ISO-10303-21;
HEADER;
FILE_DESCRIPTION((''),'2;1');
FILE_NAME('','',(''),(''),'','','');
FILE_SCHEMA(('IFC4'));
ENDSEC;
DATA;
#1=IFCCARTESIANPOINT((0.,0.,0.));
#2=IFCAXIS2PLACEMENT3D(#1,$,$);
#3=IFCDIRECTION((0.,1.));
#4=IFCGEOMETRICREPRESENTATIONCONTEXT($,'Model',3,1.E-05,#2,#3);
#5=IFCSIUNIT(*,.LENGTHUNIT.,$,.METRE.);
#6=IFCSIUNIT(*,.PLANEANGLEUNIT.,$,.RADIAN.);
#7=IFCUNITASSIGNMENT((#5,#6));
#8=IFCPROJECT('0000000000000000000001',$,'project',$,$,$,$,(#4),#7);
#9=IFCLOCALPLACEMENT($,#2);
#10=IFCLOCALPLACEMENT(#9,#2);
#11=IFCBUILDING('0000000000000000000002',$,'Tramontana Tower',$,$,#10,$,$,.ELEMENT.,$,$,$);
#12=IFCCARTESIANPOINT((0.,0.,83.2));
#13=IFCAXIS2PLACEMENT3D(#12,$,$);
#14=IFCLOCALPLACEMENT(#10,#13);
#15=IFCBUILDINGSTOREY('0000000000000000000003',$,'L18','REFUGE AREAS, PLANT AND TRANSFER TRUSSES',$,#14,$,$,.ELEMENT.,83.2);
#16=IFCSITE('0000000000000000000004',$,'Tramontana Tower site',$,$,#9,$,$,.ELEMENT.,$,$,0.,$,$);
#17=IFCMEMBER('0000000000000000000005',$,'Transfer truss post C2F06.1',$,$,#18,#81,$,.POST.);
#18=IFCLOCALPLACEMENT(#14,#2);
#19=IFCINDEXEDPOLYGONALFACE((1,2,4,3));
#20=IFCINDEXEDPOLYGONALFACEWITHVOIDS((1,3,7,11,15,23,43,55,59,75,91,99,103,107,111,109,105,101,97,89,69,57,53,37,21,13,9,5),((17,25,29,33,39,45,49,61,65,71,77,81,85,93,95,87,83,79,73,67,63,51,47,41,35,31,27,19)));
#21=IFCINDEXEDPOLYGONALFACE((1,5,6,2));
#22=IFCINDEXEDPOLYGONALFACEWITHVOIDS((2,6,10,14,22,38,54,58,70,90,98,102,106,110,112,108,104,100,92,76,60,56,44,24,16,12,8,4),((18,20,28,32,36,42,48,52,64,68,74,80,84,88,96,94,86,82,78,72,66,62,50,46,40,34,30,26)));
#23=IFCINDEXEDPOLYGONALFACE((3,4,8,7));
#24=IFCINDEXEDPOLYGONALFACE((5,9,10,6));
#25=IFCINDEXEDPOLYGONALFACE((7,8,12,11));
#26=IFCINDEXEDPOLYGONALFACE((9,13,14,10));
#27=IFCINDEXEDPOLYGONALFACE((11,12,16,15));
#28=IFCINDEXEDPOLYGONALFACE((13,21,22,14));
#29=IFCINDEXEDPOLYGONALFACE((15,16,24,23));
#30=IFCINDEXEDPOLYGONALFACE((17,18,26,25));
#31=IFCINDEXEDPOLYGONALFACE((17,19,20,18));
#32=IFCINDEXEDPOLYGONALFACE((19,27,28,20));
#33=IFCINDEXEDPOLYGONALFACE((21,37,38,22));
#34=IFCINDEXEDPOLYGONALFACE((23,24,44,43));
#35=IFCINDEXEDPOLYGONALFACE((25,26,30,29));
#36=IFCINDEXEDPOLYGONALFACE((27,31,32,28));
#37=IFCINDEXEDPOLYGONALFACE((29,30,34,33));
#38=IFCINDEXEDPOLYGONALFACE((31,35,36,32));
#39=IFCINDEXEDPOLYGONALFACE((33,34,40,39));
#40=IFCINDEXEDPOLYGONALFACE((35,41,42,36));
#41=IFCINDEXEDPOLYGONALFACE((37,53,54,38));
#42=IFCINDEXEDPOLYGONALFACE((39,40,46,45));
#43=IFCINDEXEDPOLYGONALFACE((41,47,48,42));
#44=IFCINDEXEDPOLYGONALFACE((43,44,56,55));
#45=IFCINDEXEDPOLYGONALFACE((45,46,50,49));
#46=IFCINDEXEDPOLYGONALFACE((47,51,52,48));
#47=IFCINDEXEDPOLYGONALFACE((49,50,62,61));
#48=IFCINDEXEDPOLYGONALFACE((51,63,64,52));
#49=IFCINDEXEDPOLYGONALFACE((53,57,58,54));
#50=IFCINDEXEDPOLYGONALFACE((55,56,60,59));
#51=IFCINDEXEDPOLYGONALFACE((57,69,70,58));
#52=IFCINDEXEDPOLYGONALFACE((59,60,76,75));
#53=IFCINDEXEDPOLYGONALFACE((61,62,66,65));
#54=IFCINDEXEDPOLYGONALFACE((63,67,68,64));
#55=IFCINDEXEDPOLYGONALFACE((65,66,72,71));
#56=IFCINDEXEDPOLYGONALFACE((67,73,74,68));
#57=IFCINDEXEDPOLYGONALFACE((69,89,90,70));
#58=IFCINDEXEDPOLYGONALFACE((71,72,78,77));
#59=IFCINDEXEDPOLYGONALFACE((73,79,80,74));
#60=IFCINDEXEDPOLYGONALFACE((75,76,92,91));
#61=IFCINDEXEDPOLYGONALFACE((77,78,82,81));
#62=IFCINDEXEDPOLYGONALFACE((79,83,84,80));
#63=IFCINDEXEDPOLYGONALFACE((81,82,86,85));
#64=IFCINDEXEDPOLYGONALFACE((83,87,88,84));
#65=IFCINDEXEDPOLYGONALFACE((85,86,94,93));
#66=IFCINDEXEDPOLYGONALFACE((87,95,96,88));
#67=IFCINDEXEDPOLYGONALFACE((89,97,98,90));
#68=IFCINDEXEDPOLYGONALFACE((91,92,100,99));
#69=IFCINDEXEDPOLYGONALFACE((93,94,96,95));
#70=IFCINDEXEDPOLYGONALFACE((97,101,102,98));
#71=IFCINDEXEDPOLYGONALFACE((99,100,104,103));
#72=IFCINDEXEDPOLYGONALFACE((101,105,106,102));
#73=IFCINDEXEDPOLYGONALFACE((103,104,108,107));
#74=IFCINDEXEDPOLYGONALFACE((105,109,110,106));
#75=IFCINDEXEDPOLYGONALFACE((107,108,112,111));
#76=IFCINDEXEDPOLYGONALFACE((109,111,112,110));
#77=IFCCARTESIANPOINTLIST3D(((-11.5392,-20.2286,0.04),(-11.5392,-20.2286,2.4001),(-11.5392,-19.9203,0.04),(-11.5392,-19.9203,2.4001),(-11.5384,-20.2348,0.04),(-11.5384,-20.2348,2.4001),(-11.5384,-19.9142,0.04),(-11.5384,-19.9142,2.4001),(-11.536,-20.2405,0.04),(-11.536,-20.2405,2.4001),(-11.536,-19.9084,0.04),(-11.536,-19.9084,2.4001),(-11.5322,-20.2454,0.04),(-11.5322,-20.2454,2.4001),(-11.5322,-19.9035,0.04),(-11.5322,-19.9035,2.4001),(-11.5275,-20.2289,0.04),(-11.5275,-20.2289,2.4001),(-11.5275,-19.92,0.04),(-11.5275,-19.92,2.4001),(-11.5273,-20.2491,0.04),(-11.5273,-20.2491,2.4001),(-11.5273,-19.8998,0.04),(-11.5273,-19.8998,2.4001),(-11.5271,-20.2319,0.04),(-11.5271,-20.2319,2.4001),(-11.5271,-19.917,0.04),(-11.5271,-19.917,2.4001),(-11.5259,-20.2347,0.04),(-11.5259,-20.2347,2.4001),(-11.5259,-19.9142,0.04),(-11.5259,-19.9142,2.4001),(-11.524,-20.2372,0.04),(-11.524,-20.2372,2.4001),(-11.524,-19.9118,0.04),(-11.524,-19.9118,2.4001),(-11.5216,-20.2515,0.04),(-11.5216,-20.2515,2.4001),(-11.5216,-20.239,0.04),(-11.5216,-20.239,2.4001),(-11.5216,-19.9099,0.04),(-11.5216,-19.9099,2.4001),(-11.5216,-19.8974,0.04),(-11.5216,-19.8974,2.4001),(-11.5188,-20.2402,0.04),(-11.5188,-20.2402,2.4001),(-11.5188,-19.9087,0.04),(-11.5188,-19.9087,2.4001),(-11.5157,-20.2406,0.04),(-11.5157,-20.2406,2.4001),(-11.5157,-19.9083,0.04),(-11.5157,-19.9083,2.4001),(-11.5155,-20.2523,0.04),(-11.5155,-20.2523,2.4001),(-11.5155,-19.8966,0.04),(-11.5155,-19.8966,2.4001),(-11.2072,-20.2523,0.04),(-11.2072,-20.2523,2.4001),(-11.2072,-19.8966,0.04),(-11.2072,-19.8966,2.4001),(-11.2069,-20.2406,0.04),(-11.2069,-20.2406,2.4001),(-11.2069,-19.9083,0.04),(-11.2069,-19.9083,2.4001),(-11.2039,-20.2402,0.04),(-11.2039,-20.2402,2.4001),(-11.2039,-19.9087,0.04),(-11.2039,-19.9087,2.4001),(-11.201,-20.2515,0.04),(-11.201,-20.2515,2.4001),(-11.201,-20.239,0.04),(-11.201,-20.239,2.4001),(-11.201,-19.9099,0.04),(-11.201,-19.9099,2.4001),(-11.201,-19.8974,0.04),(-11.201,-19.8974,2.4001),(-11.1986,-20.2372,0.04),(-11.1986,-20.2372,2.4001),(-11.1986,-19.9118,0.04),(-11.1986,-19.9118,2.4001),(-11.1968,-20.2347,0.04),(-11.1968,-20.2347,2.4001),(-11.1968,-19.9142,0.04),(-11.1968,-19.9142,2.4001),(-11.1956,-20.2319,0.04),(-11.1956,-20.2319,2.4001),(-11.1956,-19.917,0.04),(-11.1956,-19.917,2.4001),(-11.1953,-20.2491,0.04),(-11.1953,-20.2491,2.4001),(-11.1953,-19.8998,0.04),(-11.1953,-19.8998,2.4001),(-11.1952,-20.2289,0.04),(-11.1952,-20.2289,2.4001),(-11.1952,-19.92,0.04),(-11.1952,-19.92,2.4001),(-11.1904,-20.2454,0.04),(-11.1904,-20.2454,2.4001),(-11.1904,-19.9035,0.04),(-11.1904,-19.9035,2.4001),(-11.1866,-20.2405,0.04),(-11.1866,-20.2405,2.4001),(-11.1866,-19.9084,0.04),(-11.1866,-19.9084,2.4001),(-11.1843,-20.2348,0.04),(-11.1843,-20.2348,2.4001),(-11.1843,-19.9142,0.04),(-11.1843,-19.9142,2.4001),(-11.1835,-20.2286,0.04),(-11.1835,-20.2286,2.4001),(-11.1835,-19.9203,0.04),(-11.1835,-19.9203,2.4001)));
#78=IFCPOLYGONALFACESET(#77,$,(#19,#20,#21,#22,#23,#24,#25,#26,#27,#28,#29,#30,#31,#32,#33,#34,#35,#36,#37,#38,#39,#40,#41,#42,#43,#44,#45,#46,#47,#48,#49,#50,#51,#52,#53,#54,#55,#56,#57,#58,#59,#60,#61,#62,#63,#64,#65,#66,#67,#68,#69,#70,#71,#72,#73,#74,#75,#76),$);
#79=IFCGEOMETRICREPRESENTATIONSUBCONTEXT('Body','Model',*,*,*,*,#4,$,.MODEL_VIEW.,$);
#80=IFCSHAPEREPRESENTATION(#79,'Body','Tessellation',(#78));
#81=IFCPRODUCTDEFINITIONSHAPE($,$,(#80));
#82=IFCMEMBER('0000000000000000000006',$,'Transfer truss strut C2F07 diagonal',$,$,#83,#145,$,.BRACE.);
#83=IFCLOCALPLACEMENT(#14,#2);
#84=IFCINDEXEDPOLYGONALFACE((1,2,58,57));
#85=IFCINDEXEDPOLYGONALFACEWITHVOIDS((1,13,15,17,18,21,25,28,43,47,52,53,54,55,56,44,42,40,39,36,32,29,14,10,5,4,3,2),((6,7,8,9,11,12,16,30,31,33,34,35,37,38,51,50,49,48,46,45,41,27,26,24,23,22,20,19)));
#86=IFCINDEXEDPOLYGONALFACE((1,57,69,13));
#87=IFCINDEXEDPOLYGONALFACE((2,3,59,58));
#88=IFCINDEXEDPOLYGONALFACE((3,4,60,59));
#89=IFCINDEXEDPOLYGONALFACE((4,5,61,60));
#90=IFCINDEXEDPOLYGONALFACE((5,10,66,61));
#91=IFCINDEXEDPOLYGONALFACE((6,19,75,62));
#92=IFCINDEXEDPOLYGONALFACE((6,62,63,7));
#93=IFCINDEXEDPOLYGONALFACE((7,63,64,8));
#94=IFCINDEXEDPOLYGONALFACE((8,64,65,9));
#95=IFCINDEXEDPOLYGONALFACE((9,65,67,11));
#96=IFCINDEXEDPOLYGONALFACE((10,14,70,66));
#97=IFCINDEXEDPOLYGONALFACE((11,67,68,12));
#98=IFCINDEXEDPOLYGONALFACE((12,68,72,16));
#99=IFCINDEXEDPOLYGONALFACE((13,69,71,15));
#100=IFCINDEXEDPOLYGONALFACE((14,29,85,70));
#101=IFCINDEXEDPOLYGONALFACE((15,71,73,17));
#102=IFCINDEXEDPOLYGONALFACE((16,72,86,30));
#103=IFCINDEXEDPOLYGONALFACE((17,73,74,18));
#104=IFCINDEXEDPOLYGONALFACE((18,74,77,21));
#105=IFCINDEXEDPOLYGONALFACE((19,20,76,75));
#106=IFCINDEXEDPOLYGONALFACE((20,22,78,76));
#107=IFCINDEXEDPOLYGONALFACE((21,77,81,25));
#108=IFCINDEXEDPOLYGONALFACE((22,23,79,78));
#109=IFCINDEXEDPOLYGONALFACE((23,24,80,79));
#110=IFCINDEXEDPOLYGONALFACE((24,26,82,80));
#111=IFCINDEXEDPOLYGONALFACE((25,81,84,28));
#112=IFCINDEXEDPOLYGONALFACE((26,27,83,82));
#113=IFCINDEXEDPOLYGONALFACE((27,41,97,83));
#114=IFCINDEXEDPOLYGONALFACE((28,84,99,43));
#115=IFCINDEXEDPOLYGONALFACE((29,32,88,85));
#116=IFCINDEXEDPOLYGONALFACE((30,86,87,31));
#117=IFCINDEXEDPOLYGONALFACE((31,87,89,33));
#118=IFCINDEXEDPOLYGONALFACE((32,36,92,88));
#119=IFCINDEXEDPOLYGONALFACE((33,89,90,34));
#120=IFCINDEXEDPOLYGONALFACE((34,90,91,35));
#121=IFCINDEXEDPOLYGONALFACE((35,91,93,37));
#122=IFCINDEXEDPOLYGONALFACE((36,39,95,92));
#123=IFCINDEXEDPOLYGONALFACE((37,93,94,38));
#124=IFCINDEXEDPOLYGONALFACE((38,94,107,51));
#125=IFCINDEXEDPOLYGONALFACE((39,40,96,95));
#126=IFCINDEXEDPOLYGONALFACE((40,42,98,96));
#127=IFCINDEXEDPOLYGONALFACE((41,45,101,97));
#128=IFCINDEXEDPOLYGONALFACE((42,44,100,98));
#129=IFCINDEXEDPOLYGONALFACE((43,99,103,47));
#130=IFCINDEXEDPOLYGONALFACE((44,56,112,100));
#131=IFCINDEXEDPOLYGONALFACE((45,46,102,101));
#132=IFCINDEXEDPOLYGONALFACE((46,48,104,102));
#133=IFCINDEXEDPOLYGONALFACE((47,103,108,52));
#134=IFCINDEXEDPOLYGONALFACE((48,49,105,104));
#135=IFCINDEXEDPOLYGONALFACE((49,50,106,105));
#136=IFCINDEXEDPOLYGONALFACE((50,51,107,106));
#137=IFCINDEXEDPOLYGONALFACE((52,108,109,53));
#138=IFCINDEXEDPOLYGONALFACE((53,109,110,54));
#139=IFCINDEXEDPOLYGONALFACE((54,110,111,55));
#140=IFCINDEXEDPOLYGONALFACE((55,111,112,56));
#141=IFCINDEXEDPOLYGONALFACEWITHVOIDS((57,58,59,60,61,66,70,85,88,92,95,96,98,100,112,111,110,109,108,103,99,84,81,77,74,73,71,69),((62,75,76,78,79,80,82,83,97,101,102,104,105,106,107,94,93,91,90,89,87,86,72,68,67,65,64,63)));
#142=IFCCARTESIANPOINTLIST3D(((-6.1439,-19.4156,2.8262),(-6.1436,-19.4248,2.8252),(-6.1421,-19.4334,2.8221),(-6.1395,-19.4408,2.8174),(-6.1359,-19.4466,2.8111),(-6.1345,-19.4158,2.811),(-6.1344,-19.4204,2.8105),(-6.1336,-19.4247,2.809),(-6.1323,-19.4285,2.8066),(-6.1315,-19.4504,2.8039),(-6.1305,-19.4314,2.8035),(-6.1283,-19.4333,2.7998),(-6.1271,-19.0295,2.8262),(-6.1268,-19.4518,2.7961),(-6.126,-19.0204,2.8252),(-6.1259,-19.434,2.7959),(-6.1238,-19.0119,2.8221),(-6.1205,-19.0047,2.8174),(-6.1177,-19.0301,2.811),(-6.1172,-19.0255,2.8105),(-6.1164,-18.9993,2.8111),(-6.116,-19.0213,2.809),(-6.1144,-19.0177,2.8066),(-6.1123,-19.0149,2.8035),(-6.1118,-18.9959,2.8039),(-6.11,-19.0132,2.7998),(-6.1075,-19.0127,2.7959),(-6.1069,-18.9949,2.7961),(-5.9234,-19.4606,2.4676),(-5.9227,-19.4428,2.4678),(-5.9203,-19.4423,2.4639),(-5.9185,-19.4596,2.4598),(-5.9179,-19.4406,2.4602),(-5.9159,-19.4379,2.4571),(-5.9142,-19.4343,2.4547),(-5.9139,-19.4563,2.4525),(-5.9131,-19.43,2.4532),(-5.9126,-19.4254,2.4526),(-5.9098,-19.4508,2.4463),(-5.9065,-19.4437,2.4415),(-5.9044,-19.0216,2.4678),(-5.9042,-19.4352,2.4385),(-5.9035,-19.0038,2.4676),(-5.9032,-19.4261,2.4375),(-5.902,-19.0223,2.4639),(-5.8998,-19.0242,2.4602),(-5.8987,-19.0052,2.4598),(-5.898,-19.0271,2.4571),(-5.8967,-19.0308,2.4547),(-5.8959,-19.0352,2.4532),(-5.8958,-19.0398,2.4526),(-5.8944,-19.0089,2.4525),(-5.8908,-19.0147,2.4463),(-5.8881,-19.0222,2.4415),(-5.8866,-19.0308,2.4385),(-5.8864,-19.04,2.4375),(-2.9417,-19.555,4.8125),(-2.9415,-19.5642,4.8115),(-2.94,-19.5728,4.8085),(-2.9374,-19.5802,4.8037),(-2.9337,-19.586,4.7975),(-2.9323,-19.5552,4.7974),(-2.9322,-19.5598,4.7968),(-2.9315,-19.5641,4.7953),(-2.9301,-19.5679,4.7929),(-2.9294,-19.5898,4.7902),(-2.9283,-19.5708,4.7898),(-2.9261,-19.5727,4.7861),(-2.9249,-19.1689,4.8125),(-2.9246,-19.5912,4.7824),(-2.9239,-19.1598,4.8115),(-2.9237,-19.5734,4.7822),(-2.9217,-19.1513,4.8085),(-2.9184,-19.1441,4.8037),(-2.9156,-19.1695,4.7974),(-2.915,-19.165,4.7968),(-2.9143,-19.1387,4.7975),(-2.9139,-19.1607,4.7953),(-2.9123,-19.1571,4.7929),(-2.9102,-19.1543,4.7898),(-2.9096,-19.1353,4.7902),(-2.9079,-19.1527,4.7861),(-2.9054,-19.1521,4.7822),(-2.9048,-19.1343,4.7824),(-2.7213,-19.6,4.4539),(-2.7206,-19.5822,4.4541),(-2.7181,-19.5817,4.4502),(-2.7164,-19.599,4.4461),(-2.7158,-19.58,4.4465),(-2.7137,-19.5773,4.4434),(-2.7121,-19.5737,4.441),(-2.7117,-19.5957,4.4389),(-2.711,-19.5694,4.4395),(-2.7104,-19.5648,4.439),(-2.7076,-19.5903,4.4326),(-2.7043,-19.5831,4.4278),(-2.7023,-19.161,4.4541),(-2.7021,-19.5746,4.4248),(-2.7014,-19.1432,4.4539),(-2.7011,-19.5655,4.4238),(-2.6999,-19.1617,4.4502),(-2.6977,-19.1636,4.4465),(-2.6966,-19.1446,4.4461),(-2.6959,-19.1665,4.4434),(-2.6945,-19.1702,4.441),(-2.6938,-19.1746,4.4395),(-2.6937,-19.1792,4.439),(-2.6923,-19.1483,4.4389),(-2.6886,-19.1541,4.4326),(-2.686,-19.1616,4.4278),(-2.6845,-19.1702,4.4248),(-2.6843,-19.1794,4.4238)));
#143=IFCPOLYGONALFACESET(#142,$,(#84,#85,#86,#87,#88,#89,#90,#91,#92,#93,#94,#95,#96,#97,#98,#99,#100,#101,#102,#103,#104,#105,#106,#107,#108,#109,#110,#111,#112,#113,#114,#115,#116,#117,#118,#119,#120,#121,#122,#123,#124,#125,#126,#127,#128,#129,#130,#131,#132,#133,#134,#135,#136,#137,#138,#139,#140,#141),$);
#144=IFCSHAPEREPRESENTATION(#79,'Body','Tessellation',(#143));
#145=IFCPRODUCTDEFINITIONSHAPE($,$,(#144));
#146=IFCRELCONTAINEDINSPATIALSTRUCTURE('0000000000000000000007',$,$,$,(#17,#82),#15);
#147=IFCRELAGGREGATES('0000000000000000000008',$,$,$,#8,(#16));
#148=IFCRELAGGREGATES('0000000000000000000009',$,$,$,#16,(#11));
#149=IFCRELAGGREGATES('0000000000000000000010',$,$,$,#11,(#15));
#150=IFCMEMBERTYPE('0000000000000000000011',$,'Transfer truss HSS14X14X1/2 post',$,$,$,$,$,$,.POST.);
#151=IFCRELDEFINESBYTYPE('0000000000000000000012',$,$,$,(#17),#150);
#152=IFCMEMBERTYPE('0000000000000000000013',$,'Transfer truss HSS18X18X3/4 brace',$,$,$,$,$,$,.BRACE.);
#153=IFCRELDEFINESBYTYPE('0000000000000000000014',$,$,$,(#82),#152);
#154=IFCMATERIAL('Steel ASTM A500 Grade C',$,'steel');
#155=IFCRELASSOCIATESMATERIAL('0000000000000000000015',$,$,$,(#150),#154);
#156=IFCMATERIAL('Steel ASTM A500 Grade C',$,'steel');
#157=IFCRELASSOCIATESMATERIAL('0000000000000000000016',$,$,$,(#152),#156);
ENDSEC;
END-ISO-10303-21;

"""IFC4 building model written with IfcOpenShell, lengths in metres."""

from ifc_helpers import new_model, si_unit, direction, frame, origin, origin_2d, place, context, subcontext, project, spatial, hollow_rectangle, extrude, material, material_profile, profile_set, type_object, element, save


model = new_model("IFC4")

# Units and contexts
model_context = context("Model", 3, precision=1e-05, world=origin(), true_north=direction((0.0, 1.0)))
body_context = subcontext(model_context, "Body", "Model", "MODEL_VIEW")
ifc_project = project(units=[si_unit("LENGTHUNIT", "METRE"), si_unit("PLANEANGLEUNIT", "RADIAN")], contexts=[model_context])

# Site, building, storey
site_placement = place(None, origin())
site = spatial("IfcSite", under=ifc_project, at=site_placement, Name="Tramontana Tower site", CompositionType="ELEMENT", RefElevation=0.0)
building_placement = place(site_placement, origin())
building = spatial("IfcBuilding", under=site, at=building_placement, Name="Tramontana Tower", CompositionType="ELEMENT")
storey_placement = place(building_placement, frame((0.0, 0.0, 83.2)))
storey = spatial("IfcBuildingStorey", under=building, at=storey_placement, Name="L18", Description="REFUGE AREAS, PLANT AND TRANSFER TRUSSES", CompositionType="ELEMENT", Elevation=83.2)

# Members
ifc_material_1 = material(Name="Steel ASTM A500 Grade C", Category="steel")
ifc_material_profile_1 = material_profile(ifc_material_1, hollow_rectangle(XDim=0.3557, YDim=0.3557, WallThickness=0.0117, InnerFilletRadius=0.0117, OuterFilletRadius=0.0237, at=origin_2d()), Name="HSS14X14X1/2")
ifc_profile_set_1 = profile_set([ifc_material_profile_1], Name="Steel ASTM A500 Grade C")
member_type_1 = type_object("IfcMemberType", Name="Transfer truss HSS14X14X1/2 post", PredefinedType="POST", material=ifc_profile_set_1)
member_1_placement = place(storey_placement, frame((-11.3613, -20.0745, 0.04), z_axis=(0.0, 0.0, 1.0), x_axis=(1.0, 0.0, 0.0)))
element("IfcMember", 1, at=member_1_placement, inside=storey, type_object=member_type_1, Name="Transfer truss post C2F06.1", PredefinedType="POST", context=body_context, shape_type="SweptSolid", body=[
    extrude(hollow_rectangle(XDim=0.3557, YDim=0.3557, WallThickness=0.0117, InnerFilletRadius=0.0117, OuterFilletRadius=0.0237, at=origin_2d()), origin(), (0.0, 0.0, 1.0), 2.3601),
])
ifc_material_2 = material(Name="Steel ASTM A500 Grade C", Category="steel")
ifc_material_profile_2 = material_profile(ifc_material_2, hollow_rectangle(XDim=0.4573, YDim=0.4573, WallThickness=0.0178, InnerFilletRadius=0.0178, OuterFilletRadius=0.0354, at=origin_2d()), Name="HSS18X18X3/4")
ifc_profile_set_2 = profile_set([ifc_material_profile_2], Name="Steel ASTM A500 Grade C")
member_type_2 = type_object("IfcMemberType", Name="Transfer truss HSS18X18X3/4 brace", PredefinedType="BRACE", material=ifc_profile_set_2)
member_2_placement = place(storey_placement, frame((-6.0151, -19.2278, 2.6318), z_axis=(0.849203, -0.03697, 0.52677), x_axis=(0.043493, 0.999054, 0.0)))
element("IfcMember", 2, at=member_2_placement, inside=storey, type_object=member_type_2, Name="Transfer truss strut C2F07 diagonal", PredefinedType="BRACE", context=body_context, shape_type="SweptSolid", body=[
    extrude(hollow_rectangle(XDim=0.4573, YDim=0.4573, WallThickness=0.0178, InnerFilletRadius=0.0178, OuterFilletRadius=0.0354, at=origin_2d()), origin(), (0.0, 0.0, 1.0), 3.7708),
])

save(model, "model.ifc")
